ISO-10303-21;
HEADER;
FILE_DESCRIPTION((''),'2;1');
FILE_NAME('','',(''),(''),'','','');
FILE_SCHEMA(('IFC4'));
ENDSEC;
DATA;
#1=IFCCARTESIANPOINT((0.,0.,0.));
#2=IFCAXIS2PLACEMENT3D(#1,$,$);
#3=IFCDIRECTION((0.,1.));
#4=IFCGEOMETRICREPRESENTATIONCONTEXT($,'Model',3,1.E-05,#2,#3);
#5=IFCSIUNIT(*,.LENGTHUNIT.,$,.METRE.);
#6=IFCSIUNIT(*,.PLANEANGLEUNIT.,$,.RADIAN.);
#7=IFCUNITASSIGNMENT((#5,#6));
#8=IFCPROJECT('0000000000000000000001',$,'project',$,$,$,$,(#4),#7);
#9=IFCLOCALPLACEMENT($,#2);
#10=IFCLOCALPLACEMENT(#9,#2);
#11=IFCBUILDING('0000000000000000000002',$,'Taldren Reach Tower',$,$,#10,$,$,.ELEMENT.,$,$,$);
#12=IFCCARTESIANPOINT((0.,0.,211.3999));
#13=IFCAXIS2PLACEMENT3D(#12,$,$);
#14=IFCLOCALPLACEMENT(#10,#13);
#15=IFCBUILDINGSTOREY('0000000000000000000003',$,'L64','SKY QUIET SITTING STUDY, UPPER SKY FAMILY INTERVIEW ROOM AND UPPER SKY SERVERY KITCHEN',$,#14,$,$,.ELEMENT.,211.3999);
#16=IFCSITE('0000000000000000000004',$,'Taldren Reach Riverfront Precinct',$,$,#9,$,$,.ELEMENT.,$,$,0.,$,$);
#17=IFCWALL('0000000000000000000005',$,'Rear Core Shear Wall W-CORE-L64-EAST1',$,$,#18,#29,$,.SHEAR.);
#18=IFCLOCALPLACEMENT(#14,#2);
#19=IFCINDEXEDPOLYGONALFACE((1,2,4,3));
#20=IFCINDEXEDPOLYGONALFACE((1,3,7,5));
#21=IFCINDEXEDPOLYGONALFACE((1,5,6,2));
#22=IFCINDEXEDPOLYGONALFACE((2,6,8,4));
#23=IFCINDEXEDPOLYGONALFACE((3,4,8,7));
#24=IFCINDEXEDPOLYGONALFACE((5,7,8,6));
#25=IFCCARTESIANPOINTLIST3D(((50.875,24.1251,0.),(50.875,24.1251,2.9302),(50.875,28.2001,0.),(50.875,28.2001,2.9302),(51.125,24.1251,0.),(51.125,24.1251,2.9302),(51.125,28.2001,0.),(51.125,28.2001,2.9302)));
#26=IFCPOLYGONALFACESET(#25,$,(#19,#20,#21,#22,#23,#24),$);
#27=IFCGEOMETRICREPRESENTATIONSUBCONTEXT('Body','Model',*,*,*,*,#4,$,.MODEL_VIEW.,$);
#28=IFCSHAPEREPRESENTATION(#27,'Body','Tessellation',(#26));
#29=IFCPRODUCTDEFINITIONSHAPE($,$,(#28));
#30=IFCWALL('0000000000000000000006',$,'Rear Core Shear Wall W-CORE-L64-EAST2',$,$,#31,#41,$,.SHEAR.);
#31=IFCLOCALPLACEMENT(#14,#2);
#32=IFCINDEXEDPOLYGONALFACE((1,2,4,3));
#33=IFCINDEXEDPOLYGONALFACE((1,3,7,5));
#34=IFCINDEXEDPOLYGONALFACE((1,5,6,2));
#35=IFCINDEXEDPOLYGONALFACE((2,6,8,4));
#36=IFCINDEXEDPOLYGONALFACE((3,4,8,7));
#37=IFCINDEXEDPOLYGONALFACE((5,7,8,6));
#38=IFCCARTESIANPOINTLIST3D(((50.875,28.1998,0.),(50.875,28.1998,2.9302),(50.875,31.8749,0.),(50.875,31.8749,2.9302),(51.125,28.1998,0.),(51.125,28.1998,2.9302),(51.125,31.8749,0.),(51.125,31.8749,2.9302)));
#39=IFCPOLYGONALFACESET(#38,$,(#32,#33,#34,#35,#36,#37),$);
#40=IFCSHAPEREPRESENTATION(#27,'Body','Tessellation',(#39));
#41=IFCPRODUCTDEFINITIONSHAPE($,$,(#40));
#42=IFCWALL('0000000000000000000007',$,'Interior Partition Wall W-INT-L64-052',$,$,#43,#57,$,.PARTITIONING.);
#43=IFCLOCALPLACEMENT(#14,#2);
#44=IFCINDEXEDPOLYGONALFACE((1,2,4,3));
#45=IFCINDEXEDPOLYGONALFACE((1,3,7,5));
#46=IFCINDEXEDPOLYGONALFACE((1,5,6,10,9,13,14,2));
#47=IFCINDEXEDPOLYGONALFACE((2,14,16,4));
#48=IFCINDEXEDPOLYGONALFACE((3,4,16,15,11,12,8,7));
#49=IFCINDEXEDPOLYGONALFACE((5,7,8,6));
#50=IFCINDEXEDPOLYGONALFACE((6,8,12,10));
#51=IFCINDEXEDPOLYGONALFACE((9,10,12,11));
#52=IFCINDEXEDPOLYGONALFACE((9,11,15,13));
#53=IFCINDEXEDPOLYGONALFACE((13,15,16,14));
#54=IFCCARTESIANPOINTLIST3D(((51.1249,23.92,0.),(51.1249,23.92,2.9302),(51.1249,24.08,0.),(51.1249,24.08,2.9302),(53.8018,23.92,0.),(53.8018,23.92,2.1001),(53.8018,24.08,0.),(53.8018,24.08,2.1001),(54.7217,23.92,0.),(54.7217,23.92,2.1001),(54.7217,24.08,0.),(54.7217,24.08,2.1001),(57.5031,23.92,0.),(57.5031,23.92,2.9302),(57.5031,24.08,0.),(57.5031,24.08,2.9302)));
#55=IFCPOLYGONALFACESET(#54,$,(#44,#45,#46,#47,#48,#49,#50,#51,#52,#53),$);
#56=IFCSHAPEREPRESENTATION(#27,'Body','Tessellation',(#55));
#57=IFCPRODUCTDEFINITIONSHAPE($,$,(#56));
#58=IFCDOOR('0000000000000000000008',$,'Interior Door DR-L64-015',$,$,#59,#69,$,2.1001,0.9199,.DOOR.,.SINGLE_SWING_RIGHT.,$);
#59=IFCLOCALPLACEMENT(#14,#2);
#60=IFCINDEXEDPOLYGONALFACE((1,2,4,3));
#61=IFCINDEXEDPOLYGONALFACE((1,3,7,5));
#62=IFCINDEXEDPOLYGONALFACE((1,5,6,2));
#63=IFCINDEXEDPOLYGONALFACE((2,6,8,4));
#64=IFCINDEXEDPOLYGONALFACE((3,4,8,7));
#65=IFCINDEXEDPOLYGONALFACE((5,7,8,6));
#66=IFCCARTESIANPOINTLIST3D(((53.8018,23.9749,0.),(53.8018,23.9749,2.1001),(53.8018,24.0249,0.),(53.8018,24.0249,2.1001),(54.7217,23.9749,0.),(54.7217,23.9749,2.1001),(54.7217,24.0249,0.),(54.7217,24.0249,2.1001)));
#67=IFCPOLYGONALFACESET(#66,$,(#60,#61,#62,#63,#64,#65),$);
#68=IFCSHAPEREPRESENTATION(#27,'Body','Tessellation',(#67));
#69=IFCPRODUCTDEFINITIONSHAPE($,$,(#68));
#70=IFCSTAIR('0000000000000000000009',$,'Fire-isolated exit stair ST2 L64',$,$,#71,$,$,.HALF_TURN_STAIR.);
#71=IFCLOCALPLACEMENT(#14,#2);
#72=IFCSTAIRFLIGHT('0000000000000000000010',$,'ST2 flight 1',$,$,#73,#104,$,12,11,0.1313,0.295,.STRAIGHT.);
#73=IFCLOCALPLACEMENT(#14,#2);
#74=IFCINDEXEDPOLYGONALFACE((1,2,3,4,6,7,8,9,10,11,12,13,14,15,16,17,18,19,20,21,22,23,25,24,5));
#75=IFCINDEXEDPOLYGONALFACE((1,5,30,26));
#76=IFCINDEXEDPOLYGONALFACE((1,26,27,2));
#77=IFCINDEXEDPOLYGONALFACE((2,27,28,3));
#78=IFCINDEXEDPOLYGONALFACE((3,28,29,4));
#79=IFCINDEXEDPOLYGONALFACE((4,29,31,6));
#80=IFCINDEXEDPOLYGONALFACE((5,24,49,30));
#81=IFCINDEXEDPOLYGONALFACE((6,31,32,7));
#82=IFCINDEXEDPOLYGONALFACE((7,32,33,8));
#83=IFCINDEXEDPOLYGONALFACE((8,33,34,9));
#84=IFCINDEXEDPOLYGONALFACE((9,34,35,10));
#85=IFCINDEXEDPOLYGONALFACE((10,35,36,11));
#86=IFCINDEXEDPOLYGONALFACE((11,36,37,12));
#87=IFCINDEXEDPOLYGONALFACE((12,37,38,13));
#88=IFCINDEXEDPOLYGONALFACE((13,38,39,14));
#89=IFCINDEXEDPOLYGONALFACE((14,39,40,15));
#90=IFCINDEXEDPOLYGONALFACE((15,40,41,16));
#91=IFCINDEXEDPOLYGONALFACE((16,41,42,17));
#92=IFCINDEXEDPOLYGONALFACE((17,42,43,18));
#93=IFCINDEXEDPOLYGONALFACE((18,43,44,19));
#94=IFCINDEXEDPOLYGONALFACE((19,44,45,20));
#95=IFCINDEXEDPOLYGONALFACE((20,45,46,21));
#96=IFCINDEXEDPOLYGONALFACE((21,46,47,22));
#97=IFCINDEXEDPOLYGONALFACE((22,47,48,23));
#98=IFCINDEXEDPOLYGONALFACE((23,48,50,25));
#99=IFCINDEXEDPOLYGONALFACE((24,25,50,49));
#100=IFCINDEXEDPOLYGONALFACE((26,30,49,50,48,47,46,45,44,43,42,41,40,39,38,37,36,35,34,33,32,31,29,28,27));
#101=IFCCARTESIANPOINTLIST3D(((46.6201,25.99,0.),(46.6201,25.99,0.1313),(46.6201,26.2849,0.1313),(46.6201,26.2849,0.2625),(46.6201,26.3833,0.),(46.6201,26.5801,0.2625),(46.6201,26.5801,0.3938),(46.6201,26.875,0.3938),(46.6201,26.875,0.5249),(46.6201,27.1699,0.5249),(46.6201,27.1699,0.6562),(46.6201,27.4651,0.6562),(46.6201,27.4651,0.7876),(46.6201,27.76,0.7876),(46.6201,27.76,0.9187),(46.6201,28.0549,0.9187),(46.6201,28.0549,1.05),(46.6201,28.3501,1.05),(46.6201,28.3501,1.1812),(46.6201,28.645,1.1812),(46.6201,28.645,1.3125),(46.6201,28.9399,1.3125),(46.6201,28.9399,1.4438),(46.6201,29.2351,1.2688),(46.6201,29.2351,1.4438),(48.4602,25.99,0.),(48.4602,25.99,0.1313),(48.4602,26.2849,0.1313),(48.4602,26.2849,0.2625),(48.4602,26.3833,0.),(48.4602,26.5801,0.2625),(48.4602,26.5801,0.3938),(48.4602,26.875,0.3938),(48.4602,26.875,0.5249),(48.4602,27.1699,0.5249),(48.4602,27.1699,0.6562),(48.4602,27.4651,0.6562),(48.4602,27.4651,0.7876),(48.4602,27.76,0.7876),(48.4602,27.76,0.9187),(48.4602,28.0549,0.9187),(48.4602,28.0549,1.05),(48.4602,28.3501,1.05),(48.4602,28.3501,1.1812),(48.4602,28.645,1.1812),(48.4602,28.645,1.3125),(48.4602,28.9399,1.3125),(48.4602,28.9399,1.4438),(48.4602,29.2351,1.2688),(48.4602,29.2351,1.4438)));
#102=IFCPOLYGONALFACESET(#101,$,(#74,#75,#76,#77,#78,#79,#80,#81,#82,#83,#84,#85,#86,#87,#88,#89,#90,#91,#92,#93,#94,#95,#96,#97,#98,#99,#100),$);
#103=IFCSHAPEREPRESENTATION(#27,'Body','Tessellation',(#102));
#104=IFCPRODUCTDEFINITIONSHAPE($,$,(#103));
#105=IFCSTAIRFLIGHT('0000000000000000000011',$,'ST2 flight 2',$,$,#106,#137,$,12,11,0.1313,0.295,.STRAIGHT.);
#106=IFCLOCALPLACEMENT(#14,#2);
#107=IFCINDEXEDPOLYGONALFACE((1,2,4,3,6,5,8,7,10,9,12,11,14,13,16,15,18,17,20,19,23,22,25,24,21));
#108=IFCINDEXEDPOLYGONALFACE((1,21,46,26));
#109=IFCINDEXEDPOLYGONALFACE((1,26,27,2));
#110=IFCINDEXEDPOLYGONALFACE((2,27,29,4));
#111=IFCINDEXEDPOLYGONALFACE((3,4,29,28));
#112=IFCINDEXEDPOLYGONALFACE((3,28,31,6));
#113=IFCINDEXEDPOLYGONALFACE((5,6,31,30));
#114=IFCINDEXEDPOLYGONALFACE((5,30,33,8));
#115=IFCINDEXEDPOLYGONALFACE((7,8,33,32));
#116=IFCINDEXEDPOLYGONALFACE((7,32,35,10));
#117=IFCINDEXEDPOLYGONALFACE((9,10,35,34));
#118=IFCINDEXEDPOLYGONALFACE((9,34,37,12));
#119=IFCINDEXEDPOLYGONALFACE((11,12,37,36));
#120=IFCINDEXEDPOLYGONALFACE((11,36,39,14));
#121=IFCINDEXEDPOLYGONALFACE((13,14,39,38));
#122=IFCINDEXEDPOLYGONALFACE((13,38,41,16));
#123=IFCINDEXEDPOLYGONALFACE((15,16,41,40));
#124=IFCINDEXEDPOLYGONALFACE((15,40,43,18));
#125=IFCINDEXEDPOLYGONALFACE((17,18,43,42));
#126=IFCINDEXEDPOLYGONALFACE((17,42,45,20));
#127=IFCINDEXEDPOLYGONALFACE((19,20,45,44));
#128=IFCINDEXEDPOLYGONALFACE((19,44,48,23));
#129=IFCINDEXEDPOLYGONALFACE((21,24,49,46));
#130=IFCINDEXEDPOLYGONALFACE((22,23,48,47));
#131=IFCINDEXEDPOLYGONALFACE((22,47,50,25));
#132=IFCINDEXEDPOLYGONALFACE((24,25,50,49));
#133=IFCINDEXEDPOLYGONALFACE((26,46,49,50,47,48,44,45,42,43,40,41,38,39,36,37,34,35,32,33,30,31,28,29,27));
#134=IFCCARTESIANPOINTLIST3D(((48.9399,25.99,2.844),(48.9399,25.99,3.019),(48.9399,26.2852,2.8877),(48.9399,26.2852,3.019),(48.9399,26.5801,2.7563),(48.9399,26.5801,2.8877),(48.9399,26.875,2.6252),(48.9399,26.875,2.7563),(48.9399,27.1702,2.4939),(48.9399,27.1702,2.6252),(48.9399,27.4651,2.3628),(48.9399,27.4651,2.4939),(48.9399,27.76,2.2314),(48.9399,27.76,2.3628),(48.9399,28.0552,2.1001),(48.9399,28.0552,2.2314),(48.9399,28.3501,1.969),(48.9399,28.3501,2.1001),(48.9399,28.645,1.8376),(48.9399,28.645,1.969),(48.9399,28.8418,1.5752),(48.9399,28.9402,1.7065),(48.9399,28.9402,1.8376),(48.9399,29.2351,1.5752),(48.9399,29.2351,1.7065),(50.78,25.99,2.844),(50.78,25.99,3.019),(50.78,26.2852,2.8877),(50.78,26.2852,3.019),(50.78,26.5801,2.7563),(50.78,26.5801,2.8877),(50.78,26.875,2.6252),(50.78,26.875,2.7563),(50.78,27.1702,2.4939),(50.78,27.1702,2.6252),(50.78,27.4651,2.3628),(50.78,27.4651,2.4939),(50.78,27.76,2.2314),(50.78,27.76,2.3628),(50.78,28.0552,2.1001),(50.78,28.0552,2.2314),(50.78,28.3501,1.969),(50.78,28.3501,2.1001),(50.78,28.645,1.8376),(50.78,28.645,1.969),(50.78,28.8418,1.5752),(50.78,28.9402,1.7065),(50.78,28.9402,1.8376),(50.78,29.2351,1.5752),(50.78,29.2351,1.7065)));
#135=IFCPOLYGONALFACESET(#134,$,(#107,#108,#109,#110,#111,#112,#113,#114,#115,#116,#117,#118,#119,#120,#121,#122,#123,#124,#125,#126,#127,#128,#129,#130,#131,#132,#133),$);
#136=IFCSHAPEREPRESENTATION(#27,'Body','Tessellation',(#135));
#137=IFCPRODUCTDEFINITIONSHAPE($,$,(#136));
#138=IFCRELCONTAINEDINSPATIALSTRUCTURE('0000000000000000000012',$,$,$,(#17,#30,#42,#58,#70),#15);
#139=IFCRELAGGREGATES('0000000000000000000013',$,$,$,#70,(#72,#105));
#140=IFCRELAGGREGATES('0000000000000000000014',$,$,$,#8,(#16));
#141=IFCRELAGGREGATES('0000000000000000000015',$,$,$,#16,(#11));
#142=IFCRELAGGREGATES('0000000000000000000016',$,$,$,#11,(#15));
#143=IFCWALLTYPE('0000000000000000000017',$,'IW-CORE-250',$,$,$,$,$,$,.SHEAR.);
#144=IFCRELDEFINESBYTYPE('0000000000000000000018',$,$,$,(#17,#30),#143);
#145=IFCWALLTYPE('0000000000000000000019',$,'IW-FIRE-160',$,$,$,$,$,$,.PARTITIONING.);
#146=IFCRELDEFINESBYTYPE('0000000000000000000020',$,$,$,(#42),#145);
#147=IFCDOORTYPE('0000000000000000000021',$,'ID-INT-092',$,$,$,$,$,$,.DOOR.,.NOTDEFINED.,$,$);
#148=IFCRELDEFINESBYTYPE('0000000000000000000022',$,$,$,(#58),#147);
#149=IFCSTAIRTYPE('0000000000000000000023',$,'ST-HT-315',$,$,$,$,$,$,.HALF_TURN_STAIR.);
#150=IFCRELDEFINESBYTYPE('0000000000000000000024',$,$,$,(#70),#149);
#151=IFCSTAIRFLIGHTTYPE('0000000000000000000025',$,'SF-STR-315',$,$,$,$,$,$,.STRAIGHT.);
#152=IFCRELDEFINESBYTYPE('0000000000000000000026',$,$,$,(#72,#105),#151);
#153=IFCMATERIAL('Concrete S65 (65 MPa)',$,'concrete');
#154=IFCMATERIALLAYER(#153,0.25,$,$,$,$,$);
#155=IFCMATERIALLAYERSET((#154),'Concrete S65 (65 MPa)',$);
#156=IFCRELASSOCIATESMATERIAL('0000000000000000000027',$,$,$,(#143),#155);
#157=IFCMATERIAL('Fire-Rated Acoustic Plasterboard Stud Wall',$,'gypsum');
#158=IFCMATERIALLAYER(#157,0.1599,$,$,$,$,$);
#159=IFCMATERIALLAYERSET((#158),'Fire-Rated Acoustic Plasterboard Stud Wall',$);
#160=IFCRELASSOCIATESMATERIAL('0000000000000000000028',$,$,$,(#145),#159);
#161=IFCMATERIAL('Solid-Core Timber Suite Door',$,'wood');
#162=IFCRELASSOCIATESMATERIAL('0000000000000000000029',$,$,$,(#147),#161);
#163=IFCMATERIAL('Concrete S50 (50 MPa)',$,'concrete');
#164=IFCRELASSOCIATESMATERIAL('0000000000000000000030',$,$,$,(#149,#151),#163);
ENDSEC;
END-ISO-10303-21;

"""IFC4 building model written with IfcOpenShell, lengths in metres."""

from ifc_helpers import new_model, si_unit, direction, frame, frame_2d, origin, place, context, subcontext, project, spatial, polyline, rectangle, outline, extrude, source, transform, mapped, material, layer, layer_set, type_object, element, fill, aggregate, save


model = new_model("IFC4")

# Units and contexts
model_context = context("Model", 3, precision=1e-05, world=origin(), true_north=direction((0.0, 1.0)))
body_context = subcontext(model_context, "Body", "Model", "MODEL_VIEW")
ifc_project = project(units=[si_unit("LENGTHUNIT", "METRE"), si_unit("PLANEANGLEUNIT", "RADIAN")], contexts=[model_context])

# Site, building, storey
site_placement = place(None, origin())
site = spatial("IfcSite", under=ifc_project, at=site_placement, Name="Taldren Reach Riverfront Precinct", CompositionType="ELEMENT", RefElevation=0.0)
building_placement = place(site_placement, origin())
building = spatial("IfcBuilding", under=site, at=building_placement, Name="Taldren Reach Tower", CompositionType="ELEMENT")
storey_placement = place(building_placement, frame((0.0, 0.0, 211.3999)))
storey = spatial("IfcBuildingStorey", under=building, at=storey_placement, Name="L64", Description="SKY QUIET SITTING STUDY, UPPER SKY FAMILY INTERVIEW ROOM AND UPPER SKY SERVERY KITCHEN", CompositionType="ELEMENT", Elevation=211.3999)

# Walls
ifc_material_1 = material(Name="Concrete S65 (65 MPa)", Category="concrete")
ifc_layer_1 = layer(ifc_material_1, 0.25)
ifc_layer_set_1 = layer_set([ifc_layer_1], Name="Concrete S65 (65 MPa)")
wall_type_1 = type_object("IfcWallType", Name="IW-CORE-250", PredefinedType="SHEAR", material=ifc_layer_set_1)
shared_shape_1 = source(origin(), body_context, "Body", "SweptSolid", [
    extrude(rectangle(XDim=4.075, YDim=0.25, at=frame_2d((2.0376, 0.0))), origin(), (0.0, 0.0, 1.0), 2.9302),
])
wall_1_placement = place(storey_placement, frame((51.0, 24.125, 0.0), z_axis=(0.0, 0.0, 1.0), x_axis=(0.0, 1.0, 0.0)))
element("IfcWall", 1, at=wall_1_placement, inside=storey, type_object=wall_type_1, Name="Rear Core Shear Wall W-CORE-L64-EAST1", PredefinedType="SHEAR", context=body_context, shape_type="MappedRepresentation", body=[
    mapped(shared_shape_1, transform((0.0, 0.0, 0.0), scale=1.0)),
])
shared_shape_2 = source(origin(), body_context, "Body", "SweptSolid", [
    extrude(rectangle(XDim=3.675, YDim=0.25, at=frame_2d((1.8374, 0.0))), origin(), (0.0, 0.0, 1.0), 2.9302),
])
wall_2_placement = place(storey_placement, frame((51.0, 28.2, 0.0), z_axis=(0.0, 0.0, 1.0), x_axis=(0.0, 1.0, 0.0)))
element("IfcWall", 2, at=wall_2_placement, inside=storey, type_object=wall_type_1, Name="Rear Core Shear Wall W-CORE-L64-EAST2", PredefinedType="SHEAR", context=body_context, shape_type="MappedRepresentation", body=[
    mapped(shared_shape_2, transform((0.0, 0.0, 0.0), scale=1.0)),
])

# Wall, opening, door
ifc_material_2 = material(Name="Fire-Rated Acoustic Plasterboard Stud Wall", Category="gypsum")
ifc_layer_2 = layer(ifc_material_2, 0.1599)
ifc_layer_set_2 = layer_set([ifc_layer_2], Name="Fire-Rated Acoustic Plasterboard Stud Wall")
wall_type_2 = type_object("IfcWallType", Name="IW-FIRE-160", PredefinedType="PARTITIONING", material=ifc_layer_set_2)
shared_shape_3 = source(origin(), body_context, "Body", "SweptSolid", [
    extrude(rectangle(XDim=6.3782, YDim=0.1599, at=frame_2d((3.189, 0.0))), origin(), (0.0, 0.0, 1.0), 2.9302),
])
wall_3_placement = place(storey_placement, frame((51.125, 24.0, 0.0), z_axis=(0.0, 0.0, 1.0), x_axis=(1.0, 0.0, 0.0)))
wall_3 = element("IfcWall", 3, at=wall_3_placement, inside=storey, type_object=wall_type_2, Name="Interior Partition Wall W-INT-L64-052", PredefinedType="PARTITIONING", context=body_context, shape_type="MappedRepresentation", body=[
    mapped(shared_shape_3, transform((0.0, 0.0, 0.0), scale=1.0)),
])
shared_shape_4 = source(origin(), body_context, "Body", "SweptSolid", [
    extrude(rectangle(XDim=0.9199, YDim=2.1001, at=frame_2d((0.46, 1.05))), frame((0.0, 0.0898, 0.0), z_axis=(0.0, -1.0, 0.0), x_axis=(1.0, 0.0, 0.0)), (0.0, 0.0, 1.0), 0.1799),
])
opening_placement = place(wall_3_placement, frame((2.6768, 0.0, 0.0)))
opening = element("IfcOpeningElement", 4, at=opening_placement, cuts=wall_3, PredefinedType="OPENING", context=body_context, shape_type="MappedRepresentation", body=[
    mapped(shared_shape_4, transform((0.0, 0.0, 0.0), scale=1.0)),
])
ifc_material_3 = material(Name="Solid-Core Timber Suite Door", Category="wood")
door_type = type_object("IfcDoorType", Name="ID-INT-092", OperationType="NOTDEFINED", PredefinedType="DOOR", material=ifc_material_3)
shared_shape_5 = source(origin(), body_context, "Body", "SweptSolid", [
    extrude(rectangle(XDim=0.9199, YDim=2.1001, at=frame_2d((0.46, 1.05))), frame((0.0, 0.0249, 0.0), z_axis=(0.0, -1.0, 0.0), x_axis=(1.0, 0.0, 0.0)), (0.0, 0.0, 1.0), 0.05),
])
door_placement = place(opening_placement, origin())
door = element("IfcDoor", 5, at=door_placement, inside=storey, type_object=door_type, Name="Interior Door DR-L64-015", OperationType="SINGLE_SWING_RIGHT", OverallHeight=2.1001, OverallWidth=0.9199, PredefinedType="DOOR", context=body_context, shape_type="MappedRepresentation", body=[
    mapped(shared_shape_5, transform((0.0, 0.0, 0.0), scale=1.0)),
])
fill(opening, door)

# Stair, stair flights
ifc_material_4 = material(Name="Concrete S50 (50 MPa)", Category="concrete")
stair_type = type_object("IfcStairType", Name="ST-HT-315", PredefinedType="HALF_TURN_STAIR", material=ifc_material_4)
stair_placement = place(storey_placement, origin())
stair = element("IfcStair", 6, at=stair_placement, inside=storey, type_object=stair_type, Name="Fire-isolated exit stair ST2 L64", PredefinedType="HALF_TURN_STAIR")
stair_flight_type = type_object("IfcStairFlightType", Name="SF-STR-315", PredefinedType="STRAIGHT", material=ifc_material_4)
stair_flight_1_placement = place(storey_placement, frame((47.54, 25.99, 0.0), z_axis=(0.0, 0.0, 1.0), x_axis=(0.0, 1.0, 0.0)))
stair_flight_1 = element("IfcStairFlight", 7, at=stair_flight_1_placement, type_object=stair_flight_type, Name="ST2 flight 1", NumberOfRisers=12, NumberOfTreads=11, PredefinedType="STRAIGHT", RiserHeight=0.1313, TreadLength=0.295, context=body_context, shape_type="SweptSolid", body=[
    extrude(outline(polyline([(0.0, 0.0), (0.0, 0.1313), (0.2949, 0.1313), (0.2949, 0.2625), (0.5901, 0.2625), (0.5901, 0.3938), (0.885, 0.3938), (0.885, 0.5249), (1.1799, 0.5249), (1.1799, 0.6562), (1.4751, 0.6562), (1.4751, 0.7876), (1.77, 0.7876), (1.77, 0.9187), (2.0649, 0.9187), (2.0649, 1.05), (2.3601, 1.05), (2.3601, 1.1812), (2.655, 1.1812), (2.655, 1.3125), (2.95, 1.3125), (2.95, 1.4438), (3.2451, 1.4438), (3.2451, 1.575), (3.2451, 1.2688), (0.3933, 0.0), (0.0, 0.0)])), frame((0.0, 0.9199, 0.0), z_axis=(0.0, -1.0, 0.0), x_axis=(1.0, 0.0, 0.0)), (0.0, 0.0, 1.0), 1.8401),
])
stair_flight_2_placement = place(storey_placement, frame((49.8601, 29.2351, 1.5752), z_axis=(0.0, 0.0, 1.0), x_axis=(0.0, -1.0, 0.0)))
stair_flight_2 = element("IfcStairFlight", 8, at=stair_flight_2_placement, type_object=stair_flight_type, Name="ST2 flight 2", NumberOfRisers=12, NumberOfTreads=11, PredefinedType="STRAIGHT", RiserHeight=0.1313, TreadLength=0.295, context=body_context, shape_type="SweptSolid", body=[
    extrude(outline(polyline([(0.0, 0.0), (0.0, 0.1313), (0.2949, 0.1313), (0.2949, 0.2625), (0.5901, 0.2625), (0.5901, 0.3938), (0.885, 0.3938), (0.885, 0.5249), (1.1799, 0.5249), (1.1799, 0.6562), (1.4751, 0.6562), (1.4751, 0.7876), (1.77, 0.7876), (1.77, 0.9187), (2.0649, 0.9187), (2.0649, 1.05), (2.3601, 1.05), (2.3601, 1.1812), (2.655, 1.1812), (2.655, 1.3125), (2.95, 1.3125), (2.95, 1.4438), (3.2451, 1.4438), (3.2451, 1.575), (3.2451, 1.2688), (0.3933, 0.0), (0.0, 0.0)])), frame((0.0, 0.9199, 0.0), z_axis=(0.0, -1.0, 0.0), x_axis=(1.0, 0.0, 0.0)), (0.0, 0.0, 1.0), 1.8401),
])
aggregate(stair, [stair_flight_1, stair_flight_2])

save(model, "model.ifc")
